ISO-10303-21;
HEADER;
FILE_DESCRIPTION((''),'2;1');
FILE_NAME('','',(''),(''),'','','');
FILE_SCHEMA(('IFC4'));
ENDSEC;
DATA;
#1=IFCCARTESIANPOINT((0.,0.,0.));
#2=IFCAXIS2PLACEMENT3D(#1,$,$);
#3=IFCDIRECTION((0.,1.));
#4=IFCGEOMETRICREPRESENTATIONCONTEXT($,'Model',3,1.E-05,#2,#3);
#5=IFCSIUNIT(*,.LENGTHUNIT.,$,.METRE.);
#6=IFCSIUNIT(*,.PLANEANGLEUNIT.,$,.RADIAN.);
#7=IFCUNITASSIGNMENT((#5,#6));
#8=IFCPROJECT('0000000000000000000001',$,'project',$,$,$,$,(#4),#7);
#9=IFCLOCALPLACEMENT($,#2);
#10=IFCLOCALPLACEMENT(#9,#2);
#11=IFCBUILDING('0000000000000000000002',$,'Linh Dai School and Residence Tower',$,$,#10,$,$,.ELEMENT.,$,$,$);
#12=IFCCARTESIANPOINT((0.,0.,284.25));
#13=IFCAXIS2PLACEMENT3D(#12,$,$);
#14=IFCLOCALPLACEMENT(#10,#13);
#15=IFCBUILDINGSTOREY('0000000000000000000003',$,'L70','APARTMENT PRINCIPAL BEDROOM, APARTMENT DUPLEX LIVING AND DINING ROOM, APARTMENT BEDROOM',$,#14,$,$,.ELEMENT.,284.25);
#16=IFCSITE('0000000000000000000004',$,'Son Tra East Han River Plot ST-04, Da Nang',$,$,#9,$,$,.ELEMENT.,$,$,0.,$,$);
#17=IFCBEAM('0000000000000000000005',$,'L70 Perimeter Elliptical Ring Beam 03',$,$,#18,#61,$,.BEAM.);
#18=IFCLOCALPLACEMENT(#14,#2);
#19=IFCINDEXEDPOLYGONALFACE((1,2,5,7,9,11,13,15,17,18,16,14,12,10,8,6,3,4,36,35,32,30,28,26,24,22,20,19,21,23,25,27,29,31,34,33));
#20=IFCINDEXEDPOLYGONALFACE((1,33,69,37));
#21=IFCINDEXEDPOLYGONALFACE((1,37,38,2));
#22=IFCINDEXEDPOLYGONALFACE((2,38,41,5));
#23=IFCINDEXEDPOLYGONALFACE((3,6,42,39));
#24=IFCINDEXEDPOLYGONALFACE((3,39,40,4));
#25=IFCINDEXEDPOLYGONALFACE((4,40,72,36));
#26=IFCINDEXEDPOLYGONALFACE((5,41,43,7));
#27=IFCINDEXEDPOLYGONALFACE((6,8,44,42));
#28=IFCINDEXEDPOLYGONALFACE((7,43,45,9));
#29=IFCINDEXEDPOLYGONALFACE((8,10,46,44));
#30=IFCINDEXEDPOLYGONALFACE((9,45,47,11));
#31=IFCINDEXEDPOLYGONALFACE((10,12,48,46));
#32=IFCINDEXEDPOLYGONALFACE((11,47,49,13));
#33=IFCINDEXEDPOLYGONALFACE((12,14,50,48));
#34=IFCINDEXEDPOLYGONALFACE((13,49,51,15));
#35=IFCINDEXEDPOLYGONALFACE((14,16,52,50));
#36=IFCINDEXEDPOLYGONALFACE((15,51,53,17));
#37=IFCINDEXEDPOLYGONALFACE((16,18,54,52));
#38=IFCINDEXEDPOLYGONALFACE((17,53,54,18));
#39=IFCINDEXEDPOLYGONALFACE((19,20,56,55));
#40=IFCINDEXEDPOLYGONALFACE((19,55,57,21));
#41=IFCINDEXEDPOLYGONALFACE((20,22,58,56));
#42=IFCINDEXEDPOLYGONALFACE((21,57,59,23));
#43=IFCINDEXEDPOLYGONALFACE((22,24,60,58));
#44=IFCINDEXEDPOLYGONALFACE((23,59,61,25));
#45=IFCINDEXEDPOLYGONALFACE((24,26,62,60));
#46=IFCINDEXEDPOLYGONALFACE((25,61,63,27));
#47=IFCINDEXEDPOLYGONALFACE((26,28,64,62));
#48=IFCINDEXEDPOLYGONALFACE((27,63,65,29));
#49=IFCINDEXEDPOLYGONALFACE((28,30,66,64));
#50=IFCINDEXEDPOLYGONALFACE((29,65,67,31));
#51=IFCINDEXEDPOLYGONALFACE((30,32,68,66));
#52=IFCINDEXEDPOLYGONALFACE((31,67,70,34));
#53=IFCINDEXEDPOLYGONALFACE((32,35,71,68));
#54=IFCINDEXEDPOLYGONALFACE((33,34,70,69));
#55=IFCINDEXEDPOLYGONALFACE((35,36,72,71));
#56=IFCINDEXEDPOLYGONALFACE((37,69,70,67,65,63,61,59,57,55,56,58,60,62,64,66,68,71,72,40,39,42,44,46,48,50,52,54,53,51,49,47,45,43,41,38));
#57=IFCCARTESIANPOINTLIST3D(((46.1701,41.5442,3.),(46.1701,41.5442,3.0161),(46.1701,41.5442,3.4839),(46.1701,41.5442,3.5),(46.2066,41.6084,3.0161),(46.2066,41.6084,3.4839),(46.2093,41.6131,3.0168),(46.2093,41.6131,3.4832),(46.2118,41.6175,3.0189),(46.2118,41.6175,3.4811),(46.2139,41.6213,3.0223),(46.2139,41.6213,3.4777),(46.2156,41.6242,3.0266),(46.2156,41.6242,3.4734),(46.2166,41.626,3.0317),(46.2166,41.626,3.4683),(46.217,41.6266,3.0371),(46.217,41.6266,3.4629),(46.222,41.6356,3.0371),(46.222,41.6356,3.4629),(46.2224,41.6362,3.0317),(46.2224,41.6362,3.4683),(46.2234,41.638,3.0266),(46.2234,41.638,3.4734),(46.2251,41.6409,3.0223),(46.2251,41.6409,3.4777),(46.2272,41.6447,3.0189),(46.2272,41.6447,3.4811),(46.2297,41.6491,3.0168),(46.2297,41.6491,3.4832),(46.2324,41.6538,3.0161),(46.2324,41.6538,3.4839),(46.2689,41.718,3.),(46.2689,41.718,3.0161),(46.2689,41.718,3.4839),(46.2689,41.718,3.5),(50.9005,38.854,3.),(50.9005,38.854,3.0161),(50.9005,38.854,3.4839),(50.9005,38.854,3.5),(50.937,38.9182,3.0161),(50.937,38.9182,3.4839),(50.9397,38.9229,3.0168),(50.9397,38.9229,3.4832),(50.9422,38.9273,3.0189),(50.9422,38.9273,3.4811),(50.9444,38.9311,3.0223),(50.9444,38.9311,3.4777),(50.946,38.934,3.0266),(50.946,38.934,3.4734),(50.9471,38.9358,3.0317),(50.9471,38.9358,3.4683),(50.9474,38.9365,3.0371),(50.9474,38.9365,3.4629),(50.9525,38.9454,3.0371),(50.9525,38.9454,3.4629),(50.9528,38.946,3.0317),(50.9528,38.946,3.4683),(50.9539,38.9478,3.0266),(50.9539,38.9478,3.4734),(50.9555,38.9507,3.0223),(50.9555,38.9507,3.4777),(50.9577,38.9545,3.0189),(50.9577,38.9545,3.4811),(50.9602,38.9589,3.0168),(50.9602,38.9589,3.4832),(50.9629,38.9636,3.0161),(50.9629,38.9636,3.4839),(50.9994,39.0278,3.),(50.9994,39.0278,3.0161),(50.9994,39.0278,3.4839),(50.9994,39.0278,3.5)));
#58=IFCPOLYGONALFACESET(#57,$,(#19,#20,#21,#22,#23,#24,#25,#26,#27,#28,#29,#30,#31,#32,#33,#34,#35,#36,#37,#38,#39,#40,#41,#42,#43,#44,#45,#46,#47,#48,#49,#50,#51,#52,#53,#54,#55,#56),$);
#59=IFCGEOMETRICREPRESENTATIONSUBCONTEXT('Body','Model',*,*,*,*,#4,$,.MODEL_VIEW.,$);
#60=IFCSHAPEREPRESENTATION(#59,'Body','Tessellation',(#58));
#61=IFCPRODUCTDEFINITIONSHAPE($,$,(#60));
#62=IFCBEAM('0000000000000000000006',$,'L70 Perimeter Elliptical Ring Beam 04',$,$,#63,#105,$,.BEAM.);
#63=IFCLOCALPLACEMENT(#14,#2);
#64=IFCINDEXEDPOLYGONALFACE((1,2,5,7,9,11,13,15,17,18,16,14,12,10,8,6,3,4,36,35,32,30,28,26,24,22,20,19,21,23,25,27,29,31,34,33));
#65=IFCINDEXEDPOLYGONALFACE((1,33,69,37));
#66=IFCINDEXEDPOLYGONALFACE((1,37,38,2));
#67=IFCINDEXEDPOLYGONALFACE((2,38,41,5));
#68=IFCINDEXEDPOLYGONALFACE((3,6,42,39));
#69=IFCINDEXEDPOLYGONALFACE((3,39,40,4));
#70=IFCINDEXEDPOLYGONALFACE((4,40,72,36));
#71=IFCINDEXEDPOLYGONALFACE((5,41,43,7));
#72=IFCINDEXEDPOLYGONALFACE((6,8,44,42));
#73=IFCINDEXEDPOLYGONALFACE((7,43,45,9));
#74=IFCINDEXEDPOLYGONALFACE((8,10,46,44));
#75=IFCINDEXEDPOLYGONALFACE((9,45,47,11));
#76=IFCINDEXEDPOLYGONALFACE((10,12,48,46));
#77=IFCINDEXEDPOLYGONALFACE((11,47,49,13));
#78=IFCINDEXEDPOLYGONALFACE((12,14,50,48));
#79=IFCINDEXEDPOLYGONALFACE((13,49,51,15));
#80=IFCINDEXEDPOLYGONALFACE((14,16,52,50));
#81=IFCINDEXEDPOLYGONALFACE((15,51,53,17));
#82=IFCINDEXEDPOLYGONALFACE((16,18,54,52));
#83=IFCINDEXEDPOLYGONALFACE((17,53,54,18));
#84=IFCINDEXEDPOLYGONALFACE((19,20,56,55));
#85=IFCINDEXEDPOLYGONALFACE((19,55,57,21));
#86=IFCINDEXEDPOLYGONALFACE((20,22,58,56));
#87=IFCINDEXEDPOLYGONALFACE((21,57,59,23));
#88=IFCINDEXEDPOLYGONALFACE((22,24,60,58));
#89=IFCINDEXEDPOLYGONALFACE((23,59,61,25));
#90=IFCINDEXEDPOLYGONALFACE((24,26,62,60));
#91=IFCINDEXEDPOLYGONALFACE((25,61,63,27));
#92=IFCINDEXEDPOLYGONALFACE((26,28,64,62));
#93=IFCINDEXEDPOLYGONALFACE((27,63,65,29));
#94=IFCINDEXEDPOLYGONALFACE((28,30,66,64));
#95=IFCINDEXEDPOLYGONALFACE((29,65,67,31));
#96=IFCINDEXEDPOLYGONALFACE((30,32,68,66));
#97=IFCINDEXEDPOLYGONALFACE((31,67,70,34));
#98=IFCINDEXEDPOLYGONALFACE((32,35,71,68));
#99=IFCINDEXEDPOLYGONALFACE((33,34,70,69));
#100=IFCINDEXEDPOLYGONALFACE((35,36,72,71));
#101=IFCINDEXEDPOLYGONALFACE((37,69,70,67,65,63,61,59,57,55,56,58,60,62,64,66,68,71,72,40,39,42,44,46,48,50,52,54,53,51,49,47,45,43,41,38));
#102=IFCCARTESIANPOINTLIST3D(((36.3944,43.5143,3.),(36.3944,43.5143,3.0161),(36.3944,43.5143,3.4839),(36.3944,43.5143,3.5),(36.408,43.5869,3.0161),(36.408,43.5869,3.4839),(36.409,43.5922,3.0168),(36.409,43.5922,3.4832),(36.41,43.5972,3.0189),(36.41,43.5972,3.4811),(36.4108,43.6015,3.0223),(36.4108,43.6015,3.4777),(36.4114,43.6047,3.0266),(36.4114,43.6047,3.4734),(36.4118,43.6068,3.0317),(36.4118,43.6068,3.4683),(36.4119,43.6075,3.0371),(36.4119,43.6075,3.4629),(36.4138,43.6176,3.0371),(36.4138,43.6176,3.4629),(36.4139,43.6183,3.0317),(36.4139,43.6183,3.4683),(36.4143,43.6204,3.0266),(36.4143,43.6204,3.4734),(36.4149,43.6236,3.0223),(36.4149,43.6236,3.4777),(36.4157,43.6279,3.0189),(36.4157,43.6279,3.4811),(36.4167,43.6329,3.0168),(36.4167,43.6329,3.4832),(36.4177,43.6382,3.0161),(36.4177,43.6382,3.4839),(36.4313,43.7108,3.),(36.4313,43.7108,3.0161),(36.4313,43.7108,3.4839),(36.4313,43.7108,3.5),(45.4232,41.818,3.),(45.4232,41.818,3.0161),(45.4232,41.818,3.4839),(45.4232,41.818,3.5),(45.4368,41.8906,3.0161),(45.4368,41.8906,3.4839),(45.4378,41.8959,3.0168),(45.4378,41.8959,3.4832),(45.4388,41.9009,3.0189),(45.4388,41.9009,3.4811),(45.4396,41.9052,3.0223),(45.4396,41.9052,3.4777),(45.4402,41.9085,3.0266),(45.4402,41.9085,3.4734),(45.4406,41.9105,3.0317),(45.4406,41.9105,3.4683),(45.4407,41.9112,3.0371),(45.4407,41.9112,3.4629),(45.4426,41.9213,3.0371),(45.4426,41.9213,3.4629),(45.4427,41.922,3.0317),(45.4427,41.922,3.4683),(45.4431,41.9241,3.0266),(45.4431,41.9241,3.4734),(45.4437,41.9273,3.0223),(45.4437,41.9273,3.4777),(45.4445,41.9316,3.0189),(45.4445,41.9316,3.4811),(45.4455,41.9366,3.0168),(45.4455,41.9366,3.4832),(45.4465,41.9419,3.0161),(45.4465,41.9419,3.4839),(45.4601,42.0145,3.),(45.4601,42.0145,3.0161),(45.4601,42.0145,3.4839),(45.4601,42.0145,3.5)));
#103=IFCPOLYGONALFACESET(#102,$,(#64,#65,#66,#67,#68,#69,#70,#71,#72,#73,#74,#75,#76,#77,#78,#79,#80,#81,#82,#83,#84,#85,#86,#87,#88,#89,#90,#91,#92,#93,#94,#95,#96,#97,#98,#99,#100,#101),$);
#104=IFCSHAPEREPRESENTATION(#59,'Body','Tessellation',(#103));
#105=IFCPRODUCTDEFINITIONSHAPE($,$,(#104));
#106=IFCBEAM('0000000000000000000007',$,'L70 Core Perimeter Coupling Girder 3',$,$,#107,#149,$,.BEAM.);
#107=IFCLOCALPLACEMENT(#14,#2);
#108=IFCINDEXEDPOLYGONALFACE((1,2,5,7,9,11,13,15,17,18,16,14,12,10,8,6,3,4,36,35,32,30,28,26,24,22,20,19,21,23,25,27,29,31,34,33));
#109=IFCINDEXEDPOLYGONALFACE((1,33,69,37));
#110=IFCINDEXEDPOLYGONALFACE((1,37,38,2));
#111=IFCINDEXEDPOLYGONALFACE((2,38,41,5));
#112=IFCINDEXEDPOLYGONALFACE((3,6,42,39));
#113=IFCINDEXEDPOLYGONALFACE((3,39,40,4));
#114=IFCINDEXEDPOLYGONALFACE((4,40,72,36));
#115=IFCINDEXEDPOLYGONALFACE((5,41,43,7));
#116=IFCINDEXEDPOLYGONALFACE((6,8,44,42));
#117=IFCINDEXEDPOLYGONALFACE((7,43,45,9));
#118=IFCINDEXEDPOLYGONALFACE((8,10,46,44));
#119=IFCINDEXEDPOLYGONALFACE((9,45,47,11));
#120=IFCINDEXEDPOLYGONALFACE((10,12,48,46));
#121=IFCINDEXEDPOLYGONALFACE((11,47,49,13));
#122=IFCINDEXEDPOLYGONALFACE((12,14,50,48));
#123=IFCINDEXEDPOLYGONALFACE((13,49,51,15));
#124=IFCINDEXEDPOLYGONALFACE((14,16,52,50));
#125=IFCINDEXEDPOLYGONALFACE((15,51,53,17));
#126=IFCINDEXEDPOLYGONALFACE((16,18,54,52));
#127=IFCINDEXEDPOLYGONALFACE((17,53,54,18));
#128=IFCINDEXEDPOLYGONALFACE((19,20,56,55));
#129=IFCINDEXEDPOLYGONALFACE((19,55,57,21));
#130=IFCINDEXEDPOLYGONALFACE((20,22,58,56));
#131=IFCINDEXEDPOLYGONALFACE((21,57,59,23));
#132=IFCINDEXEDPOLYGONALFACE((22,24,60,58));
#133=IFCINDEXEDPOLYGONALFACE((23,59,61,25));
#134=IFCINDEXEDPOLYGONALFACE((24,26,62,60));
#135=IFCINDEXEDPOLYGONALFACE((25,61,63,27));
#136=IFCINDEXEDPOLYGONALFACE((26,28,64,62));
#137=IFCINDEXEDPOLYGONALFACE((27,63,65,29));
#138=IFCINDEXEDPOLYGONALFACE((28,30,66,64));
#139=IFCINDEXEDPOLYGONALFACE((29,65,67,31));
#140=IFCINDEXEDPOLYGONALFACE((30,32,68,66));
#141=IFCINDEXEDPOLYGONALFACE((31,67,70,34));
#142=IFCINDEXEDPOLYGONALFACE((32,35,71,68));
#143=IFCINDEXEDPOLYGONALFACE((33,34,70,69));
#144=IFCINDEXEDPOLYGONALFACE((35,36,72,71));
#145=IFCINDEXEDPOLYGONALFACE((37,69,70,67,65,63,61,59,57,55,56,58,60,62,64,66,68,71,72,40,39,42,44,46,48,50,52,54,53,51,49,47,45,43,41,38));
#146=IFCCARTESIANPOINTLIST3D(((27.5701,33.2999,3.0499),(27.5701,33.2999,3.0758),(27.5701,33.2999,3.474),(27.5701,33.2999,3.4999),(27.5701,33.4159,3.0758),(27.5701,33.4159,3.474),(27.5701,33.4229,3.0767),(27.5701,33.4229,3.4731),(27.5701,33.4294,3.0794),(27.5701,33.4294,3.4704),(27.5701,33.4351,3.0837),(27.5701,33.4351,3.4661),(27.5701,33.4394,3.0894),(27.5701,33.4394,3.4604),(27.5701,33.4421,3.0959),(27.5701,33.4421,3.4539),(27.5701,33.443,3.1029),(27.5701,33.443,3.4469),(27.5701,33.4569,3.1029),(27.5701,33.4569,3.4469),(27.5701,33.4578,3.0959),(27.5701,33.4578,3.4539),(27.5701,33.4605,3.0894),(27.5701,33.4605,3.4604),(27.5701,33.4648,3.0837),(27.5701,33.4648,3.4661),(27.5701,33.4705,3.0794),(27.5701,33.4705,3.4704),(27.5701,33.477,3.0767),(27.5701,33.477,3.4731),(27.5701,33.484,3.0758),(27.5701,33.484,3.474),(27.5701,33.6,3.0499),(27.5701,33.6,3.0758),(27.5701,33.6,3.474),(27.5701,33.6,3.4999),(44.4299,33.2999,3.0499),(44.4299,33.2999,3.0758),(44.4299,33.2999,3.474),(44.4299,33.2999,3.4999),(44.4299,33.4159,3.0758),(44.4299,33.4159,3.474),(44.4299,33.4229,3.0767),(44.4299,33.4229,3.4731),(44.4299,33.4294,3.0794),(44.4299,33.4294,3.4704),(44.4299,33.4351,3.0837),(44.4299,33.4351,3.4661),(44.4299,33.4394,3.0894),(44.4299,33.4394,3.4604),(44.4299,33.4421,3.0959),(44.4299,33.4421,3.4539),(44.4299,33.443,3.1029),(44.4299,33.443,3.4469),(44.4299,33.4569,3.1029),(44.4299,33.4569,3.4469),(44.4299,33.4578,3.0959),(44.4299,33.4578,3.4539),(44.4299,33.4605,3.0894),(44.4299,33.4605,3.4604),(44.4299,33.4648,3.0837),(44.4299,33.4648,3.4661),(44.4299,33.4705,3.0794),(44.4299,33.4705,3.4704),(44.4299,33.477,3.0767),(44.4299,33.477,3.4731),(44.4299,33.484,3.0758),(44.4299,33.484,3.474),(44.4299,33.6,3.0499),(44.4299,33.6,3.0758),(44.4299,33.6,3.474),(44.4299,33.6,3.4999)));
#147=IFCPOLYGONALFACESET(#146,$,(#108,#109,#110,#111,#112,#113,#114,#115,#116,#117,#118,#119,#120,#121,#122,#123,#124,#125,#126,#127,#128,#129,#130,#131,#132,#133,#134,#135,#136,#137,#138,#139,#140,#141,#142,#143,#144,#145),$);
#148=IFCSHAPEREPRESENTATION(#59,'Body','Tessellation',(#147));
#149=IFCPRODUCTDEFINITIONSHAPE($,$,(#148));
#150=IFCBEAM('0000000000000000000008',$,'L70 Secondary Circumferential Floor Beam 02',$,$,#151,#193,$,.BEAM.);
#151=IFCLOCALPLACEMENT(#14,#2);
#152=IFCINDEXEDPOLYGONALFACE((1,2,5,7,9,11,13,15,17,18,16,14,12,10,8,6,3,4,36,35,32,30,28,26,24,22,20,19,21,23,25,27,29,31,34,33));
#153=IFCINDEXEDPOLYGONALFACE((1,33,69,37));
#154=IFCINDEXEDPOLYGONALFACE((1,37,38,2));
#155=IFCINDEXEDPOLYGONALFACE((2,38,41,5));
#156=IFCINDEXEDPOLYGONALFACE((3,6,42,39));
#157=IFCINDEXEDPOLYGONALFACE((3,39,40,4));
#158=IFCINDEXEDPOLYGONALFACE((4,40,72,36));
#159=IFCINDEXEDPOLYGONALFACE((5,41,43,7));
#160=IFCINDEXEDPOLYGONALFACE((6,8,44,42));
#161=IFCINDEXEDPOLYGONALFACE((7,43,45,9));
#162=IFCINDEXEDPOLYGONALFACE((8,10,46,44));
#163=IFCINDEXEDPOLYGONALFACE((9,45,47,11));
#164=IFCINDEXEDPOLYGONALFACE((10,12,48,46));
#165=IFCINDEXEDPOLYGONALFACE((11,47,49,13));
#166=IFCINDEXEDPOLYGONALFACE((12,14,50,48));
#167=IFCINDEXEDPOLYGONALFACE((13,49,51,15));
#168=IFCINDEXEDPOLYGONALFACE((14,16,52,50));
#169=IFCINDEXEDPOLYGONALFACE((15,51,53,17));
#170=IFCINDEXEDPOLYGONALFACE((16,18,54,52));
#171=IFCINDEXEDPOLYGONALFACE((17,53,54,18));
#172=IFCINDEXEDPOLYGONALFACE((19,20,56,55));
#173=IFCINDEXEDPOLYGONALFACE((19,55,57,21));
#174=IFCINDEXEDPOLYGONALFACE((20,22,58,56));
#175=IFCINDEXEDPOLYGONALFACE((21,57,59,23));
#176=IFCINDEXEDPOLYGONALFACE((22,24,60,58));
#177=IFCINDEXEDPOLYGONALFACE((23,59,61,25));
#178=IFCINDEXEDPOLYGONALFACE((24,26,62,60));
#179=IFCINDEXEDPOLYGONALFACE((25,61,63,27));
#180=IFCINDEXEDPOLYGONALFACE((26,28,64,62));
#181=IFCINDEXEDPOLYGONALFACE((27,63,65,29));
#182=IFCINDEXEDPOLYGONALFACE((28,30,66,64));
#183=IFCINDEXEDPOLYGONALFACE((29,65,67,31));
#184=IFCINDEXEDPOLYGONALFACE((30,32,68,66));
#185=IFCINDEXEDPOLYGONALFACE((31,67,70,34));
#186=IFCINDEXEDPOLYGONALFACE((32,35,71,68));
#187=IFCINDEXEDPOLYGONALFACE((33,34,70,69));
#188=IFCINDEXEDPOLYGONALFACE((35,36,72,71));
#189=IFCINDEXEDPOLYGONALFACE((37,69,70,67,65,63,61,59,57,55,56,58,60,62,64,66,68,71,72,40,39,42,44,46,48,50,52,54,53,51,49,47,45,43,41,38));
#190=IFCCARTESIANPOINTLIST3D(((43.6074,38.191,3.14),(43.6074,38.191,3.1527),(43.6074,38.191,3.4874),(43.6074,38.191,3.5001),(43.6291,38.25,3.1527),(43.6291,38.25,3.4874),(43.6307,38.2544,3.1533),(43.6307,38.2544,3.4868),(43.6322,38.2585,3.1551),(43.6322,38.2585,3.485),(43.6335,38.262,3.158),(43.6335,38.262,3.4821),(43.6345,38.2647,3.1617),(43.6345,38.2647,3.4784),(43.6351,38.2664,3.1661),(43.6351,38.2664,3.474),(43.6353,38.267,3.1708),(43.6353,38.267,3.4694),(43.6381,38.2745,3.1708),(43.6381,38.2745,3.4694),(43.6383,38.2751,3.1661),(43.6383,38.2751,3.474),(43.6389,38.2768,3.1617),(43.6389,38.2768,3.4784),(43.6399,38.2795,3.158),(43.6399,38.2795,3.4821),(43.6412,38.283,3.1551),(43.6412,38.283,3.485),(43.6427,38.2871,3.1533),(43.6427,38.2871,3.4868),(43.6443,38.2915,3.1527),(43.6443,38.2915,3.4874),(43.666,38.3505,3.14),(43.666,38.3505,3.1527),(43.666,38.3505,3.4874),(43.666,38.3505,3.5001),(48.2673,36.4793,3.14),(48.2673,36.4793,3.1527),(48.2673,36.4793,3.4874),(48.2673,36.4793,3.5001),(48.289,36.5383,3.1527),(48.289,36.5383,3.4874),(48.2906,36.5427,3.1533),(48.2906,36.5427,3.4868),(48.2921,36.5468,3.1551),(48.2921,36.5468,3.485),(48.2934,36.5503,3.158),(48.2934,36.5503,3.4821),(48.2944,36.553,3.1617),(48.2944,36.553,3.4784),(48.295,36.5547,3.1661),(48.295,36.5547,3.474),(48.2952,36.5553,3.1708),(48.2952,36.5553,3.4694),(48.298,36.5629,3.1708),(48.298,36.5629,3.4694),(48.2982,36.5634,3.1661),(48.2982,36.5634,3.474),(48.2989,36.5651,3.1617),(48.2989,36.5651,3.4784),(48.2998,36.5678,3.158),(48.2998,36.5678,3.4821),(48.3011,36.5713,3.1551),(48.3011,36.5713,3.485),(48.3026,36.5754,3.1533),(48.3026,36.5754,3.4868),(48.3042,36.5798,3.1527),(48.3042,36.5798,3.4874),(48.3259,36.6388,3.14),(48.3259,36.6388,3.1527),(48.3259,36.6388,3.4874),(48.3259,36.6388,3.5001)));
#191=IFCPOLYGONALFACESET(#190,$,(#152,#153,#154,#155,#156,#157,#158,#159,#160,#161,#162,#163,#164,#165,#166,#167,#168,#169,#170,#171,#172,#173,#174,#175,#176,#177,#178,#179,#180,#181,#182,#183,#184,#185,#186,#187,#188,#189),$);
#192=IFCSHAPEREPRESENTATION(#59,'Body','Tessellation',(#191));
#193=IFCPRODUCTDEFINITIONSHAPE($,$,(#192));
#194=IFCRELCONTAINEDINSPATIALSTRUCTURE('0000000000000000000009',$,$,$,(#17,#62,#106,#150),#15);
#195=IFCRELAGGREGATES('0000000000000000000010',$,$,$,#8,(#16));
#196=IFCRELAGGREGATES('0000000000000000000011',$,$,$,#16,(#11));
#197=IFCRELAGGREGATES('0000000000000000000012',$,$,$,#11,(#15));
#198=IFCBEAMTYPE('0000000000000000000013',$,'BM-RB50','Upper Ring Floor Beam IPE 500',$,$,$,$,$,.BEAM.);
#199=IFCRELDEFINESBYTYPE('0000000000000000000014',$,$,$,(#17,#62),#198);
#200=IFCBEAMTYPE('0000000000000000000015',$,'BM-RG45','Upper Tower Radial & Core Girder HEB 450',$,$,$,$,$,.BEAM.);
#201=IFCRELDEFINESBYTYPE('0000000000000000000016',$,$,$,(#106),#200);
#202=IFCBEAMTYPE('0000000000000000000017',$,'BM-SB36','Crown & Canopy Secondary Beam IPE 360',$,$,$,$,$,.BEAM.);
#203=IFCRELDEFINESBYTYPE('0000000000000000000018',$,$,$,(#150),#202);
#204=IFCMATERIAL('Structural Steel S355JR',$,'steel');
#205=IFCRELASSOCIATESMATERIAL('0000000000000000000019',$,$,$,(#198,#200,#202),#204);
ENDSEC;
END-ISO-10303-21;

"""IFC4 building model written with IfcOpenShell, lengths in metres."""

from ifc_helpers import new_model, si_unit, direction, frame, origin, origin_2d, place, context, subcontext, project, spatial, i_section, extrude, material, material_profile, profile_set, type_object, element, save


model = new_model("IFC4")

# Units and contexts
model_context = context("Model", 3, precision=1e-05, world=origin(), true_north=direction((0.0, 1.0)))
body_context = subcontext(model_context, "Body", "Model", "MODEL_VIEW")
ifc_project = project(units=[si_unit("LENGTHUNIT", "METRE"), si_unit("PLANEANGLEUNIT", "RADIAN")], contexts=[model_context])

# Site, building, storey
site_placement = place(None, origin())
site = spatial("IfcSite", under=ifc_project, at=site_placement, Name="Son Tra East Han River Plot ST-04, Da Nang", CompositionType="ELEMENT", RefElevation=0.0)
building_placement = place(site_placement, origin())
building = spatial("IfcBuilding", under=site, at=building_placement, Name="Linh Dai School and Residence Tower", CompositionType="ELEMENT")
storey_placement = place(building_placement, frame((0.0, 0.0, 284.25)))
storey = spatial("IfcBuildingStorey", under=building, at=storey_placement, Name="L70", Description="APARTMENT PRINCIPAL BEDROOM, APARTMENT DUPLEX LIVING AND DINING ROOM, APARTMENT BEDROOM", CompositionType="ELEMENT", Elevation=284.25)

# Shared definitions
ifc_material_1 = material(Name="Structural Steel S355JR", Category="steel")

# Beams
ifc_material_profile_1 = material_profile(ifc_material_1, i_section(OverallWidth=0.2, OverallDepth=0.5, WebThickness=0.0103, FlangeThickness=0.0161, FilletRadius=0.021, at=origin_2d()), Name="IPE 500")
ifc_profile_set_1 = profile_set([ifc_material_profile_1], Name="Structural Steel S355JR")
beam_type_1 = type_object("IfcBeamType", Name="BM-RB50", Description="Upper Ring Floor Beam IPE 500", PredefinedType="BEAM", material=ifc_profile_set_1)
beam_1_placement = place(storey_placement, frame((50.95, 38.9409, 3.25), z_axis=(-0.869266, 0.494345, 0.0), x_axis=(-0.494345, -0.869266, 0.0)))
element("IfcBeam", 1, at=beam_1_placement, inside=storey, type_object=beam_type_1, Name="L70 Perimeter Elliptical Ring Beam 03", PredefinedType="BEAM", context=body_context, shape_type="SweptSolid", body=[
    extrude(i_section(OverallWidth=0.2, OverallDepth=0.5, WebThickness=0.0103, FlangeThickness=0.0161, FilletRadius=0.021, at=origin_2d()), origin(), (0.0, 0.0, 1.0), 5.4419),
])
beam_2_placement = place(storey_placement, frame((45.4417, 41.9163, 3.25), z_axis=(-0.982805, 0.184645, 0.0), x_axis=(-0.184645, -0.982805, 0.0)))
element("IfcBeam", 2, at=beam_2_placement, inside=storey, type_object=beam_type_1, Name="L70 Perimeter Elliptical Ring Beam 04", PredefinedType="BEAM", context=body_context, shape_type="SweptSolid", body=[
    extrude(i_section(OverallWidth=0.2, OverallDepth=0.5, WebThickness=0.0103, FlangeThickness=0.0161, FilletRadius=0.021, at=origin_2d()), origin(), (0.0, 0.0, 1.0), 9.1868),
])
ifc_material_profile_2 = material_profile(ifc_material_1, i_section(OverallWidth=0.3, OverallDepth=0.45, WebThickness=0.0139, FlangeThickness=0.0259, FilletRadius=0.0271, at=origin_2d()), Name="HEB 450")
ifc_profile_set_2 = profile_set([ifc_material_profile_2], Name="Structural Steel S355JR")
beam_type_2 = type_object("IfcBeamType", Name="BM-RG45", Description="Upper Tower Radial & Core Girder HEB 450", PredefinedType="BEAM", material=ifc_profile_set_2)
beam_3_placement = place(storey_placement, frame((44.4299, 33.45, 3.2749), z_axis=(-1.0, 0.0, 0.0), x_axis=(0.0, -1.0, 0.0)))
element("IfcBeam", 3, at=beam_3_placement, inside=storey, type_object=beam_type_2, Name="L70 Core Perimeter Coupling Girder 3", PredefinedType="BEAM", context=body_context, shape_type="SweptSolid", body=[
    extrude(i_section(OverallWidth=0.3, OverallDepth=0.45, WebThickness=0.0139, FlangeThickness=0.0259, FilletRadius=0.0271, at=origin_2d()), origin(), (0.0, 0.0, 1.0), 16.8599),
])
ifc_material_profile_3 = material_profile(ifc_material_1, i_section(OverallWidth=0.1699, OverallDepth=0.3601, WebThickness=0.0081, FlangeThickness=0.0127, FilletRadius=0.0181, at=origin_2d()), Name="IPE 360")
ifc_profile_set_3 = profile_set([ifc_material_profile_3], Name="Structural Steel S355JR")
beam_type_3 = type_object("IfcBeamType", Name="BM-SB36", Description="Crown & Canopy Secondary Beam IPE 360", PredefinedType="BEAM", material=ifc_profile_set_3)
beam_4_placement = place(storey_placement, frame((48.2966, 36.5591, 3.3201), z_axis=(-0.938679, 0.344794, 0.0), x_axis=(-0.344794, -0.938679, 0.0)))
element("IfcBeam", 4, at=beam_4_placement, inside=storey, type_object=beam_type_3, Name="L70 Secondary Circumferential Floor Beam 02", PredefinedType="BEAM", context=body_context, shape_type="SweptSolid", body=[
    extrude(i_section(OverallWidth=0.1699, OverallDepth=0.3601, WebThickness=0.0081, FlangeThickness=0.0127, FilletRadius=0.0181, at=origin_2d()), origin(), (0.0, 0.0, 1.0), 4.9644),
])

save(model, "model.ifc")
